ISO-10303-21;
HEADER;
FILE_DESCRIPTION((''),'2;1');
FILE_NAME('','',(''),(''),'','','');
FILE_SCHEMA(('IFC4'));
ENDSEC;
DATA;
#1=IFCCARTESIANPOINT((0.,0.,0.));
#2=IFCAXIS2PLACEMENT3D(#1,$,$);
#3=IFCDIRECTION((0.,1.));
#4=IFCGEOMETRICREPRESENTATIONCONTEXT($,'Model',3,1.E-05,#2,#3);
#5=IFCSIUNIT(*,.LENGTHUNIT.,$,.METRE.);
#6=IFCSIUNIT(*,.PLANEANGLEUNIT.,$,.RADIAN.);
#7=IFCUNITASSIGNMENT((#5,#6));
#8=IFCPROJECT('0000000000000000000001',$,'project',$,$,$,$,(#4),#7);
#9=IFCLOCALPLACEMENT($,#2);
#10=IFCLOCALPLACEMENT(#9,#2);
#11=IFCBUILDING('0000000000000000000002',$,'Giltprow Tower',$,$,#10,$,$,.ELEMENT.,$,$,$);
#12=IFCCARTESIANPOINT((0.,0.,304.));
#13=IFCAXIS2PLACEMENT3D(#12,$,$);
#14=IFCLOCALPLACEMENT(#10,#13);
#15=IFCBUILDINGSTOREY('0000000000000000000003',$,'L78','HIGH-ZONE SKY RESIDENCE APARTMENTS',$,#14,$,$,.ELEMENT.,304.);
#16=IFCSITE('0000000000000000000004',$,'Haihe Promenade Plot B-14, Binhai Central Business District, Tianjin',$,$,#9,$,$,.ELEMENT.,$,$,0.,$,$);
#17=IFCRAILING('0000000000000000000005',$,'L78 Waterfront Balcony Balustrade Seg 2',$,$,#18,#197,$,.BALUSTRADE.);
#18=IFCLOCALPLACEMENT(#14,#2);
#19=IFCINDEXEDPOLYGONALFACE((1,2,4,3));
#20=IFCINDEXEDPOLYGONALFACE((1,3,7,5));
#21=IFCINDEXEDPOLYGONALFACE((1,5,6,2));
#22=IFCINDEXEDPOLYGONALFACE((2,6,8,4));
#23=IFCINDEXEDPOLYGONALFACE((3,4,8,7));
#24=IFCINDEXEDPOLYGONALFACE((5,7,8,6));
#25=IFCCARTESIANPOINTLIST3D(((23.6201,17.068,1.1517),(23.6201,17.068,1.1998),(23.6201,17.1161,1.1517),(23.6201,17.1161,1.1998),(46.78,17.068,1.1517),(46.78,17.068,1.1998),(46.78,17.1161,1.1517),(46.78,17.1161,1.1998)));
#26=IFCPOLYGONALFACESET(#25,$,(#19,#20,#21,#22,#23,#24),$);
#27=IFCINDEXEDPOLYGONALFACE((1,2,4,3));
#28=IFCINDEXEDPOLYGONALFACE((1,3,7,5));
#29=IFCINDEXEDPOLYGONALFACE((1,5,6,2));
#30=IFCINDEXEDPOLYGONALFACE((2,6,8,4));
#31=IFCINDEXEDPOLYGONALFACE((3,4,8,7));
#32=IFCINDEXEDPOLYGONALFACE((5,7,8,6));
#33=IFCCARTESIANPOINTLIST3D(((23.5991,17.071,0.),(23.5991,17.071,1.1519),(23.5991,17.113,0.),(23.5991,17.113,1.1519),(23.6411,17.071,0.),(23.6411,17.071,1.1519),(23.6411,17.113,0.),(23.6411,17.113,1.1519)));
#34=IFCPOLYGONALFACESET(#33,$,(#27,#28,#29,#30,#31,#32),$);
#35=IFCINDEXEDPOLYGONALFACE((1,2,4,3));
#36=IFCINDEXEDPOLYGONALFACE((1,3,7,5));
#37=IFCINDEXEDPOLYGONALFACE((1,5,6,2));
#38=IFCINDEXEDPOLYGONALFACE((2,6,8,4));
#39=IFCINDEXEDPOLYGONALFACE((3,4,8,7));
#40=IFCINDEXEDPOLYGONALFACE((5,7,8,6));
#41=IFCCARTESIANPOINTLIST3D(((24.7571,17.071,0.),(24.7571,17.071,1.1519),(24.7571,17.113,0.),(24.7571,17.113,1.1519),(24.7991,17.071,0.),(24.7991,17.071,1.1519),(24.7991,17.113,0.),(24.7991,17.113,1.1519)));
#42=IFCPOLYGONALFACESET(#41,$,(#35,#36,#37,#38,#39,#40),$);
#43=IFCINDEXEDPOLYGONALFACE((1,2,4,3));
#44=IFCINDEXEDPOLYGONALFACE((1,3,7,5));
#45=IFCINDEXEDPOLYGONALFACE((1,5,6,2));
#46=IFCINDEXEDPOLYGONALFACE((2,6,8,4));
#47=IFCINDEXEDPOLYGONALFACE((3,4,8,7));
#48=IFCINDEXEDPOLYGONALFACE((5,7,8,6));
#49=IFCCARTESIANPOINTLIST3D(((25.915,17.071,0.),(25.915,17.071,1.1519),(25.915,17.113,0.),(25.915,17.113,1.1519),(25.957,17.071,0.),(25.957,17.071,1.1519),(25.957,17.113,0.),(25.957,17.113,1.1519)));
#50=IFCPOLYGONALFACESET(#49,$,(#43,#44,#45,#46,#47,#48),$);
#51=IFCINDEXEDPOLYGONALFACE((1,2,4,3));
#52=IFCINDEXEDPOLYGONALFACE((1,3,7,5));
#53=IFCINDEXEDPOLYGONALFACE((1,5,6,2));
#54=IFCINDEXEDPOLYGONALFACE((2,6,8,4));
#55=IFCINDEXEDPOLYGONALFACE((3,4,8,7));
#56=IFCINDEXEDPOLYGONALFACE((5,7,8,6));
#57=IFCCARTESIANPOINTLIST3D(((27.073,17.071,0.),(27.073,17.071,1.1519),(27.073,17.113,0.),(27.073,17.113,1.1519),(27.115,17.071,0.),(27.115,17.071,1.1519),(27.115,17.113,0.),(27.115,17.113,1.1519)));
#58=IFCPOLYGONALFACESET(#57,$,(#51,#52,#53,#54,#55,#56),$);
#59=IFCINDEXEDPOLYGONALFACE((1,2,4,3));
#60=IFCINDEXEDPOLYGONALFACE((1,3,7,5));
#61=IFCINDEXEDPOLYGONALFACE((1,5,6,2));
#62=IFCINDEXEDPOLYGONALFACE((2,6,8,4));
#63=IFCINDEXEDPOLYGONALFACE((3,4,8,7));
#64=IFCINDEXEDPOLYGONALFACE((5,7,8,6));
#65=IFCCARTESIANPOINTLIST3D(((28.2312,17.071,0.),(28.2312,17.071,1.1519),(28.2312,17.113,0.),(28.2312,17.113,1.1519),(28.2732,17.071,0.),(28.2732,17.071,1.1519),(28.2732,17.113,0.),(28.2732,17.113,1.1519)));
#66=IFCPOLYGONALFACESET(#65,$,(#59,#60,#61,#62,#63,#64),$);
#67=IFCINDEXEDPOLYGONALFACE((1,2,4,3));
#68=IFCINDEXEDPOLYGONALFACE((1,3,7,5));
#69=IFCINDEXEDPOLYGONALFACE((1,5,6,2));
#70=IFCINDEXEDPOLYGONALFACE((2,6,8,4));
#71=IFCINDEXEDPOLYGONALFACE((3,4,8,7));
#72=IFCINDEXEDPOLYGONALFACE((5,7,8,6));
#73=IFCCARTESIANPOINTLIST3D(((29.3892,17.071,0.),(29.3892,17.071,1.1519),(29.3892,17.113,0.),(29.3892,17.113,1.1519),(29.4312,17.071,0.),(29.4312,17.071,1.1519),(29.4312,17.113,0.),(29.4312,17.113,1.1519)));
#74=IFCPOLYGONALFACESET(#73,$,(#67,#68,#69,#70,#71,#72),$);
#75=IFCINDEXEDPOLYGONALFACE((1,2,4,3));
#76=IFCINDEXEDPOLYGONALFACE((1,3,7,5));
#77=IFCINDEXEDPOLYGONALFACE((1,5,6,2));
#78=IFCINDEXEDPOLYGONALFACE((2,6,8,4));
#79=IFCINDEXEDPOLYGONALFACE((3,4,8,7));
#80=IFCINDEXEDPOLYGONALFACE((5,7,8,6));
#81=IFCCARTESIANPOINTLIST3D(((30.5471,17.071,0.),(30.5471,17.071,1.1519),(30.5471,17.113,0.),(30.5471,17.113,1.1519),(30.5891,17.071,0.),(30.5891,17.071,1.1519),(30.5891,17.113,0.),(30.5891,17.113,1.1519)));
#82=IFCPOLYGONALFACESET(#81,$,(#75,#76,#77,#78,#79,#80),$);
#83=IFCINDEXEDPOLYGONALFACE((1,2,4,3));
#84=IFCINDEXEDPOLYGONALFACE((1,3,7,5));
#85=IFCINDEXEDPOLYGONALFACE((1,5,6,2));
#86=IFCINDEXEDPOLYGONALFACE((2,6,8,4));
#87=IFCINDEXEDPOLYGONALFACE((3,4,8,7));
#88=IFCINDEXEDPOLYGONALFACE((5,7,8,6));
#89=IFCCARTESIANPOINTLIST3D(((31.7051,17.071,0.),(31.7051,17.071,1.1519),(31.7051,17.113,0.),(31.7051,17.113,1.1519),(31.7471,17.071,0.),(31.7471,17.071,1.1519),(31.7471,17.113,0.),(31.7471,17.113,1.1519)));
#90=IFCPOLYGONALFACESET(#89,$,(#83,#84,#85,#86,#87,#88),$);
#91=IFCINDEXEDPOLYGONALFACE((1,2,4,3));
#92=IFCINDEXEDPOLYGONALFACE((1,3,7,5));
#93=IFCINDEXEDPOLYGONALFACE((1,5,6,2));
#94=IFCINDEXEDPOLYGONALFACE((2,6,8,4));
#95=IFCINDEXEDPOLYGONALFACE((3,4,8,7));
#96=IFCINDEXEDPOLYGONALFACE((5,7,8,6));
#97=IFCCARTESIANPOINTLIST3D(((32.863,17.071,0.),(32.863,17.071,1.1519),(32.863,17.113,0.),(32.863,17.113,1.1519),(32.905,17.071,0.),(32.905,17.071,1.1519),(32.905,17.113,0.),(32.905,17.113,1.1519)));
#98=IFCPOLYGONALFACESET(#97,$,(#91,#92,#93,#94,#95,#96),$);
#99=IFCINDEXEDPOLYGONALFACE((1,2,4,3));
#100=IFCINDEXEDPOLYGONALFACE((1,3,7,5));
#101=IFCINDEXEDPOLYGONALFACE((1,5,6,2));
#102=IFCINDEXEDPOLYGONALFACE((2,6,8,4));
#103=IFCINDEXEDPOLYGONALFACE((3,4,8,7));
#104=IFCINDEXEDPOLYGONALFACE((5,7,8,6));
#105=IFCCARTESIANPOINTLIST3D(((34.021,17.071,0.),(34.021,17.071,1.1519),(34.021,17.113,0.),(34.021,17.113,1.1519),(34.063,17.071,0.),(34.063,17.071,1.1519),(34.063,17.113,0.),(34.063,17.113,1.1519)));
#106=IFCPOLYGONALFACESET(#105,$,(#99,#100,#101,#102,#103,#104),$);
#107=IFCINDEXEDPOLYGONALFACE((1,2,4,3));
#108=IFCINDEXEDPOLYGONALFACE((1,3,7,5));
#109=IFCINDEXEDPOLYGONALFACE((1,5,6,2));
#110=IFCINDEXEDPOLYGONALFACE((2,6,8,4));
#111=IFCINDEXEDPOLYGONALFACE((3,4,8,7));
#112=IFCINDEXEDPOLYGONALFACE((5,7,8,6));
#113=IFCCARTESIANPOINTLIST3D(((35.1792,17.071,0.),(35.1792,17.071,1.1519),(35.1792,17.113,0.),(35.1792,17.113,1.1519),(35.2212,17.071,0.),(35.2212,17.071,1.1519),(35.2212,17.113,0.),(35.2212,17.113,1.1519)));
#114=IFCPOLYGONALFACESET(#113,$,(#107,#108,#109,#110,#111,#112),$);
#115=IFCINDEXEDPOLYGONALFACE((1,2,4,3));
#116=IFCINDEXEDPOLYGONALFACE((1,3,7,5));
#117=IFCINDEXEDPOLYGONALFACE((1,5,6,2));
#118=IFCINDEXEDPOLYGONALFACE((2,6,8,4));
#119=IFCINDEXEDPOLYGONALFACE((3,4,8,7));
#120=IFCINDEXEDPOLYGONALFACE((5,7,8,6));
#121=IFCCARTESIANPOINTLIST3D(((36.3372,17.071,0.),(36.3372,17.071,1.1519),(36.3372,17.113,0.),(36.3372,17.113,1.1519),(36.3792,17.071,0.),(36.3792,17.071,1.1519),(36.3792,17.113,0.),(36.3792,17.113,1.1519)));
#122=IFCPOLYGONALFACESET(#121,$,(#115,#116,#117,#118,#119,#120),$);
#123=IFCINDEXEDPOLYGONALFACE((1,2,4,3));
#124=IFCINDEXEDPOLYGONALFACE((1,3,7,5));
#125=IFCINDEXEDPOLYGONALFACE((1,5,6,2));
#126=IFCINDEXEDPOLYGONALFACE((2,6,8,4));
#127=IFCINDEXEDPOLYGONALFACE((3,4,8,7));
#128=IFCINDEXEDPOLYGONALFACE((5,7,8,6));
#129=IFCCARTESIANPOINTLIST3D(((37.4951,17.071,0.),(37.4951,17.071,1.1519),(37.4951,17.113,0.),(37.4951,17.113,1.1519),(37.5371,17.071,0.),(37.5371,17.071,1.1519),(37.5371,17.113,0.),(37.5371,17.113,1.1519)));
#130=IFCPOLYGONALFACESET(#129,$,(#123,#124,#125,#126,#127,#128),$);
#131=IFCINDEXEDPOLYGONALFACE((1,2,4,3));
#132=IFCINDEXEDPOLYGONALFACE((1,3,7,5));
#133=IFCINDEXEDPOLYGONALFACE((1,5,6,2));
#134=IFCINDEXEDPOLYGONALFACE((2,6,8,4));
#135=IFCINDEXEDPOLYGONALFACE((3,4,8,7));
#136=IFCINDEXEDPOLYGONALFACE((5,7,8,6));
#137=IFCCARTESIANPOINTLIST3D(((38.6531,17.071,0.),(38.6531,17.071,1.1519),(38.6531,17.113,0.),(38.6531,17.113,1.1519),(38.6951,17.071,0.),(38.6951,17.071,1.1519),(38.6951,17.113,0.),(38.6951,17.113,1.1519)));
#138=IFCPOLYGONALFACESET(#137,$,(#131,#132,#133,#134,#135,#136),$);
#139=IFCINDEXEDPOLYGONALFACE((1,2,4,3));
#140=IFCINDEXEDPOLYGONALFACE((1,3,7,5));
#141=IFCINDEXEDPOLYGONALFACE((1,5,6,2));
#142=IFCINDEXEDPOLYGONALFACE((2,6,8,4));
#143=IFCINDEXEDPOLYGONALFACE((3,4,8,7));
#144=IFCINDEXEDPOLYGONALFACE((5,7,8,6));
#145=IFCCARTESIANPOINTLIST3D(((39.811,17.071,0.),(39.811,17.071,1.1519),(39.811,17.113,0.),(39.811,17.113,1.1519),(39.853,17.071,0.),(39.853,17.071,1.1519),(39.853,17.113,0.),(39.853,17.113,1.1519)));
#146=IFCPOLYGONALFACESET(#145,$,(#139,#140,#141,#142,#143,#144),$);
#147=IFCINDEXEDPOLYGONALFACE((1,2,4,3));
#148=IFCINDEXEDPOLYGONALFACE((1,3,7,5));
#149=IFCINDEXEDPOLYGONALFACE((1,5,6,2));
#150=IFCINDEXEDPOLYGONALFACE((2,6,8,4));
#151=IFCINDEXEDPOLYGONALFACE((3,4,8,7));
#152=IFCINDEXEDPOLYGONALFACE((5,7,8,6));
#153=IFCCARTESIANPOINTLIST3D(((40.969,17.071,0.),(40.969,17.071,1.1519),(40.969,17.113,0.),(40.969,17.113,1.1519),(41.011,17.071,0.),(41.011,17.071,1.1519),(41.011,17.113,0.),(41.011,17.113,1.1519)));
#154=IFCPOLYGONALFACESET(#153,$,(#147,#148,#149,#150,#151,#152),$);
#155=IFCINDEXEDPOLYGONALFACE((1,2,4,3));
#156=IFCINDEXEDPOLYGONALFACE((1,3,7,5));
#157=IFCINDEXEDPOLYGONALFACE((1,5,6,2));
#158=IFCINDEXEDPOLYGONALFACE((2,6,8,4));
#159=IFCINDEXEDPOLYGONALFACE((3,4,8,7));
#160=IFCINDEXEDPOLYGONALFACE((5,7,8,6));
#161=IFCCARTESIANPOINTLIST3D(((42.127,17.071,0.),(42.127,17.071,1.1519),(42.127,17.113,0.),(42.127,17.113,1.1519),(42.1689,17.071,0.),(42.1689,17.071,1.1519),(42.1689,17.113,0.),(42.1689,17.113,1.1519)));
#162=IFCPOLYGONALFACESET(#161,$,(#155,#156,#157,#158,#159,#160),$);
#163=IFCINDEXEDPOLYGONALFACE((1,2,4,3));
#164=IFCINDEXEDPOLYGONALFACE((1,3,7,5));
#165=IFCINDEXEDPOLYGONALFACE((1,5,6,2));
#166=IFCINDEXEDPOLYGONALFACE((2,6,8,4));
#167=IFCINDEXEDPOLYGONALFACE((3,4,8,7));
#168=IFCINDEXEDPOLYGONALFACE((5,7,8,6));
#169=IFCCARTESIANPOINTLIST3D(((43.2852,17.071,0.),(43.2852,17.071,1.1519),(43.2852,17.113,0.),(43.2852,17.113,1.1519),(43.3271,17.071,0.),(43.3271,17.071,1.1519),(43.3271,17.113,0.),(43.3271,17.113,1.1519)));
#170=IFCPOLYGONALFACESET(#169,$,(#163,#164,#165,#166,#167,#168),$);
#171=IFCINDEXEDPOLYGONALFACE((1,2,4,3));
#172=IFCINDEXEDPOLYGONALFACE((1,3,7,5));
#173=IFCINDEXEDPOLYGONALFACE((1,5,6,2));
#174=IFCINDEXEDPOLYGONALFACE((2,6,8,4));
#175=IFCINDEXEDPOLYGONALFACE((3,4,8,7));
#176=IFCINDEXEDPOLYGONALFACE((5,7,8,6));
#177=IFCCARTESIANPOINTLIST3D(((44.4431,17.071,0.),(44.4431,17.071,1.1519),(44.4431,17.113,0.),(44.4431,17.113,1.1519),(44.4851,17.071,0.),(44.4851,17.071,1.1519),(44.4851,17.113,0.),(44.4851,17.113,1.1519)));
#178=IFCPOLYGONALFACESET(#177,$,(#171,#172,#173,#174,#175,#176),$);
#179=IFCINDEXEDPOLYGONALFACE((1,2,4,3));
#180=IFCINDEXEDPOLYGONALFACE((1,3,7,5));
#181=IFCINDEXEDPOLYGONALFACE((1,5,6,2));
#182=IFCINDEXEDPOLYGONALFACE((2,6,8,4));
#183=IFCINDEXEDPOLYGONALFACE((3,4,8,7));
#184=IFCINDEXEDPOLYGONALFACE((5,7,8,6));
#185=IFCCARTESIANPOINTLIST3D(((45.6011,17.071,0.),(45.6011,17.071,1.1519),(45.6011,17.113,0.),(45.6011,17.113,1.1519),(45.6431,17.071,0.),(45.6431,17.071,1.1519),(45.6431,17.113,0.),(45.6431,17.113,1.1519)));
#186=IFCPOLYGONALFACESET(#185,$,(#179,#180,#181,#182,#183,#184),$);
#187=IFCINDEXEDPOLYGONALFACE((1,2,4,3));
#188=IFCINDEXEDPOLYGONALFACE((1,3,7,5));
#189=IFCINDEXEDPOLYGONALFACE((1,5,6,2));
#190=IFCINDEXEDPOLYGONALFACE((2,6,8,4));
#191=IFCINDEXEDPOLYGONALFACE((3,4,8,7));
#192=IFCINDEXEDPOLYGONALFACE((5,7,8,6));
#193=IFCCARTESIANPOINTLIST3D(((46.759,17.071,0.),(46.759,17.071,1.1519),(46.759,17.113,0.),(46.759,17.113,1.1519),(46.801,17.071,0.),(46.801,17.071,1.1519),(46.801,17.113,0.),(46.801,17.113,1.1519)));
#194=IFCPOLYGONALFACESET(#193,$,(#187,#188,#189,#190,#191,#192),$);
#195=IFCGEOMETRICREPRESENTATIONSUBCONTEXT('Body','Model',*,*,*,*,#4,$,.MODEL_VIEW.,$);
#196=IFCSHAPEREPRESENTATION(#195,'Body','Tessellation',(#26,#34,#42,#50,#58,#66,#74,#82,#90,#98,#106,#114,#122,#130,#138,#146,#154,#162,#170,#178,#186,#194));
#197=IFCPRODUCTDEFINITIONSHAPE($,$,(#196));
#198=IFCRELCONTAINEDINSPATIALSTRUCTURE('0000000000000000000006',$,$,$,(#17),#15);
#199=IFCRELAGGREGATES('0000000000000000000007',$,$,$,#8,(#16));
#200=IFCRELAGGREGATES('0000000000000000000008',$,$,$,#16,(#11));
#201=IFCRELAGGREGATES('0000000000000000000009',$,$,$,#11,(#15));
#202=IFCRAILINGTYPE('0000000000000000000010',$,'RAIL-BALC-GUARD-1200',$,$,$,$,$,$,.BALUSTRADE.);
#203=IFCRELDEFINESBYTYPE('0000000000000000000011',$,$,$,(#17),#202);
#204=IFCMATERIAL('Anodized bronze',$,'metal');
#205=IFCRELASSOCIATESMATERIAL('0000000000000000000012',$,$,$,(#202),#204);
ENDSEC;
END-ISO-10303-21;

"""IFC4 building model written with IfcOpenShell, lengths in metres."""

from ifc_helpers import new_model, si_unit, direction, frame, origin, origin_2d, place, context, subcontext, project, spatial, rectangle, extrude, material, type_object, element, save


model = new_model("IFC4")

# Units and contexts
model_context = context("Model", 3, precision=1e-05, world=origin(), true_north=direction((0.0, 1.0)))
body_context = subcontext(model_context, "Body", "Model", "MODEL_VIEW")
ifc_project = project(units=[si_unit("LENGTHUNIT", "METRE"), si_unit("PLANEANGLEUNIT", "RADIAN")], contexts=[model_context])

# Site, building, storey
site_placement = place(None, origin())
site = spatial("IfcSite", under=ifc_project, at=site_placement, Name="Haihe Promenade Plot B-14, Binhai Central Business District, Tianjin", CompositionType="ELEMENT", RefElevation=0.0)
building_placement = place(site_placement, origin())
building = spatial("IfcBuilding", under=site, at=building_placement, Name="Giltprow Tower", CompositionType="ELEMENT")
storey_placement = place(building_placement, frame((0.0, 0.0, 304.0)))
storey = spatial("IfcBuildingStorey", under=building, at=storey_placement, Name="L78", Description="HIGH-ZONE SKY RESIDENCE APARTMENTS", CompositionType="ELEMENT", Elevation=304.0)

# Shared definitions
ifc_material_1 = material(Name="Anodized bronze", Category="metal")

# Railing
railing_type = type_object("IfcRailingType", Name="RAIL-BALC-GUARD-1200", PredefinedType="BALUSTRADE", material=ifc_material_1)
railing_1_placement = place(storey_placement, frame((23.6201, 17.092, 0.0)))
element("IfcRailing", 1, at=railing_1_placement, inside=storey, type_object=railing_type, Name="L78 Waterfront Balcony Balustrade Seg 2", PredefinedType="BALUSTRADE", context=body_context, shape_type="SweptSolid", body=[
    extrude(rectangle(XDim=0.0481, YDim=0.0481, at=origin_2d()), frame((0.0, 0.0, 1.1758), z_axis=(1.0, 0.0, 0.0), x_axis=(0.0, 1.0, 0.0)), (0.0, 0.0, 1.0), 23.1599),
    extrude(rectangle(XDim=0.042, YDim=0.042, at=origin_2d()), origin(), (0.0, 0.0, 1.0), 1.1519),
    extrude(rectangle(XDim=0.042, YDim=0.042, at=origin_2d()), frame((1.158, 0.0, 0.0)), (0.0, 0.0, 1.0), 1.1519),
    extrude(rectangle(XDim=0.042, YDim=0.042, at=origin_2d()), frame((2.3159, 0.0, 0.0)), (0.0, 0.0, 1.0), 1.1519),
    extrude(rectangle(XDim=0.042, YDim=0.042, at=origin_2d()), frame((3.4739, 0.0, 0.0)), (0.0, 0.0, 1.0), 1.1519),
    extrude(rectangle(XDim=0.042, YDim=0.042, at=origin_2d()), frame((4.6321, 0.0, 0.0)), (0.0, 0.0, 1.0), 1.1519),
    extrude(rectangle(XDim=0.042, YDim=0.042, at=origin_2d()), frame((5.79, 0.0, 0.0)), (0.0, 0.0, 1.0), 1.1519),
    extrude(rectangle(XDim=0.042, YDim=0.042, at=origin_2d()), frame((6.948, 0.0, 0.0)), (0.0, 0.0, 1.0), 1.1519),
    extrude(rectangle(XDim=0.042, YDim=0.042, at=origin_2d()), frame((8.106, 0.0, 0.0)), (0.0, 0.0, 1.0), 1.1519),
    extrude(rectangle(XDim=0.042, YDim=0.042, at=origin_2d()), frame((9.2639, 0.0, 0.0)), (0.0, 0.0, 1.0), 1.1519),
    extrude(rectangle(XDim=0.042, YDim=0.042, at=origin_2d()), frame((10.4219, 0.0, 0.0)), (0.0, 0.0, 1.0), 1.1519),
    extrude(rectangle(XDim=0.042, YDim=0.042, at=origin_2d()), frame((11.5801, 0.0, 0.0)), (0.0, 0.0, 1.0), 1.1519),
    extrude(rectangle(XDim=0.042, YDim=0.042, at=origin_2d()), frame((12.738, 0.0, 0.0)), (0.0, 0.0, 1.0), 1.1519),
    extrude(rectangle(XDim=0.042, YDim=0.042, at=origin_2d()), frame((13.896, 0.0, 0.0)), (0.0, 0.0, 1.0), 1.1519),
    extrude(rectangle(XDim=0.042, YDim=0.042, at=origin_2d()), frame((15.054, 0.0, 0.0)), (0.0, 0.0, 1.0), 1.1519),
    extrude(rectangle(XDim=0.042, YDim=0.042, at=origin_2d()), frame((16.2119, 0.0, 0.0)), (0.0, 0.0, 1.0), 1.1519),
    extrude(rectangle(XDim=0.042, YDim=0.042, at=origin_2d()), frame((17.3699, 0.0, 0.0)), (0.0, 0.0, 1.0), 1.1519),
    extrude(rectangle(XDim=0.042, YDim=0.042, at=origin_2d()), frame((18.5278, 0.0, 0.0)), (0.0, 0.0, 1.0), 1.1519),
    extrude(rectangle(XDim=0.042, YDim=0.042, at=origin_2d()), frame((19.686, 0.0, 0.0)), (0.0, 0.0, 1.0), 1.1519),
    extrude(rectangle(XDim=0.042, YDim=0.042, at=origin_2d()), frame((20.844, 0.0, 0.0)), (0.0, 0.0, 1.0), 1.1519),
    extrude(rectangle(XDim=0.042, YDim=0.042, at=origin_2d()), frame((22.002, 0.0, 0.0)), (0.0, 0.0, 1.0), 1.1519),
    extrude(rectangle(XDim=0.042, YDim=0.042, at=origin_2d()), frame((23.1599, 0.0, 0.0)), (0.0, 0.0, 1.0), 1.1519),
])

save(model, "model.ifc")
